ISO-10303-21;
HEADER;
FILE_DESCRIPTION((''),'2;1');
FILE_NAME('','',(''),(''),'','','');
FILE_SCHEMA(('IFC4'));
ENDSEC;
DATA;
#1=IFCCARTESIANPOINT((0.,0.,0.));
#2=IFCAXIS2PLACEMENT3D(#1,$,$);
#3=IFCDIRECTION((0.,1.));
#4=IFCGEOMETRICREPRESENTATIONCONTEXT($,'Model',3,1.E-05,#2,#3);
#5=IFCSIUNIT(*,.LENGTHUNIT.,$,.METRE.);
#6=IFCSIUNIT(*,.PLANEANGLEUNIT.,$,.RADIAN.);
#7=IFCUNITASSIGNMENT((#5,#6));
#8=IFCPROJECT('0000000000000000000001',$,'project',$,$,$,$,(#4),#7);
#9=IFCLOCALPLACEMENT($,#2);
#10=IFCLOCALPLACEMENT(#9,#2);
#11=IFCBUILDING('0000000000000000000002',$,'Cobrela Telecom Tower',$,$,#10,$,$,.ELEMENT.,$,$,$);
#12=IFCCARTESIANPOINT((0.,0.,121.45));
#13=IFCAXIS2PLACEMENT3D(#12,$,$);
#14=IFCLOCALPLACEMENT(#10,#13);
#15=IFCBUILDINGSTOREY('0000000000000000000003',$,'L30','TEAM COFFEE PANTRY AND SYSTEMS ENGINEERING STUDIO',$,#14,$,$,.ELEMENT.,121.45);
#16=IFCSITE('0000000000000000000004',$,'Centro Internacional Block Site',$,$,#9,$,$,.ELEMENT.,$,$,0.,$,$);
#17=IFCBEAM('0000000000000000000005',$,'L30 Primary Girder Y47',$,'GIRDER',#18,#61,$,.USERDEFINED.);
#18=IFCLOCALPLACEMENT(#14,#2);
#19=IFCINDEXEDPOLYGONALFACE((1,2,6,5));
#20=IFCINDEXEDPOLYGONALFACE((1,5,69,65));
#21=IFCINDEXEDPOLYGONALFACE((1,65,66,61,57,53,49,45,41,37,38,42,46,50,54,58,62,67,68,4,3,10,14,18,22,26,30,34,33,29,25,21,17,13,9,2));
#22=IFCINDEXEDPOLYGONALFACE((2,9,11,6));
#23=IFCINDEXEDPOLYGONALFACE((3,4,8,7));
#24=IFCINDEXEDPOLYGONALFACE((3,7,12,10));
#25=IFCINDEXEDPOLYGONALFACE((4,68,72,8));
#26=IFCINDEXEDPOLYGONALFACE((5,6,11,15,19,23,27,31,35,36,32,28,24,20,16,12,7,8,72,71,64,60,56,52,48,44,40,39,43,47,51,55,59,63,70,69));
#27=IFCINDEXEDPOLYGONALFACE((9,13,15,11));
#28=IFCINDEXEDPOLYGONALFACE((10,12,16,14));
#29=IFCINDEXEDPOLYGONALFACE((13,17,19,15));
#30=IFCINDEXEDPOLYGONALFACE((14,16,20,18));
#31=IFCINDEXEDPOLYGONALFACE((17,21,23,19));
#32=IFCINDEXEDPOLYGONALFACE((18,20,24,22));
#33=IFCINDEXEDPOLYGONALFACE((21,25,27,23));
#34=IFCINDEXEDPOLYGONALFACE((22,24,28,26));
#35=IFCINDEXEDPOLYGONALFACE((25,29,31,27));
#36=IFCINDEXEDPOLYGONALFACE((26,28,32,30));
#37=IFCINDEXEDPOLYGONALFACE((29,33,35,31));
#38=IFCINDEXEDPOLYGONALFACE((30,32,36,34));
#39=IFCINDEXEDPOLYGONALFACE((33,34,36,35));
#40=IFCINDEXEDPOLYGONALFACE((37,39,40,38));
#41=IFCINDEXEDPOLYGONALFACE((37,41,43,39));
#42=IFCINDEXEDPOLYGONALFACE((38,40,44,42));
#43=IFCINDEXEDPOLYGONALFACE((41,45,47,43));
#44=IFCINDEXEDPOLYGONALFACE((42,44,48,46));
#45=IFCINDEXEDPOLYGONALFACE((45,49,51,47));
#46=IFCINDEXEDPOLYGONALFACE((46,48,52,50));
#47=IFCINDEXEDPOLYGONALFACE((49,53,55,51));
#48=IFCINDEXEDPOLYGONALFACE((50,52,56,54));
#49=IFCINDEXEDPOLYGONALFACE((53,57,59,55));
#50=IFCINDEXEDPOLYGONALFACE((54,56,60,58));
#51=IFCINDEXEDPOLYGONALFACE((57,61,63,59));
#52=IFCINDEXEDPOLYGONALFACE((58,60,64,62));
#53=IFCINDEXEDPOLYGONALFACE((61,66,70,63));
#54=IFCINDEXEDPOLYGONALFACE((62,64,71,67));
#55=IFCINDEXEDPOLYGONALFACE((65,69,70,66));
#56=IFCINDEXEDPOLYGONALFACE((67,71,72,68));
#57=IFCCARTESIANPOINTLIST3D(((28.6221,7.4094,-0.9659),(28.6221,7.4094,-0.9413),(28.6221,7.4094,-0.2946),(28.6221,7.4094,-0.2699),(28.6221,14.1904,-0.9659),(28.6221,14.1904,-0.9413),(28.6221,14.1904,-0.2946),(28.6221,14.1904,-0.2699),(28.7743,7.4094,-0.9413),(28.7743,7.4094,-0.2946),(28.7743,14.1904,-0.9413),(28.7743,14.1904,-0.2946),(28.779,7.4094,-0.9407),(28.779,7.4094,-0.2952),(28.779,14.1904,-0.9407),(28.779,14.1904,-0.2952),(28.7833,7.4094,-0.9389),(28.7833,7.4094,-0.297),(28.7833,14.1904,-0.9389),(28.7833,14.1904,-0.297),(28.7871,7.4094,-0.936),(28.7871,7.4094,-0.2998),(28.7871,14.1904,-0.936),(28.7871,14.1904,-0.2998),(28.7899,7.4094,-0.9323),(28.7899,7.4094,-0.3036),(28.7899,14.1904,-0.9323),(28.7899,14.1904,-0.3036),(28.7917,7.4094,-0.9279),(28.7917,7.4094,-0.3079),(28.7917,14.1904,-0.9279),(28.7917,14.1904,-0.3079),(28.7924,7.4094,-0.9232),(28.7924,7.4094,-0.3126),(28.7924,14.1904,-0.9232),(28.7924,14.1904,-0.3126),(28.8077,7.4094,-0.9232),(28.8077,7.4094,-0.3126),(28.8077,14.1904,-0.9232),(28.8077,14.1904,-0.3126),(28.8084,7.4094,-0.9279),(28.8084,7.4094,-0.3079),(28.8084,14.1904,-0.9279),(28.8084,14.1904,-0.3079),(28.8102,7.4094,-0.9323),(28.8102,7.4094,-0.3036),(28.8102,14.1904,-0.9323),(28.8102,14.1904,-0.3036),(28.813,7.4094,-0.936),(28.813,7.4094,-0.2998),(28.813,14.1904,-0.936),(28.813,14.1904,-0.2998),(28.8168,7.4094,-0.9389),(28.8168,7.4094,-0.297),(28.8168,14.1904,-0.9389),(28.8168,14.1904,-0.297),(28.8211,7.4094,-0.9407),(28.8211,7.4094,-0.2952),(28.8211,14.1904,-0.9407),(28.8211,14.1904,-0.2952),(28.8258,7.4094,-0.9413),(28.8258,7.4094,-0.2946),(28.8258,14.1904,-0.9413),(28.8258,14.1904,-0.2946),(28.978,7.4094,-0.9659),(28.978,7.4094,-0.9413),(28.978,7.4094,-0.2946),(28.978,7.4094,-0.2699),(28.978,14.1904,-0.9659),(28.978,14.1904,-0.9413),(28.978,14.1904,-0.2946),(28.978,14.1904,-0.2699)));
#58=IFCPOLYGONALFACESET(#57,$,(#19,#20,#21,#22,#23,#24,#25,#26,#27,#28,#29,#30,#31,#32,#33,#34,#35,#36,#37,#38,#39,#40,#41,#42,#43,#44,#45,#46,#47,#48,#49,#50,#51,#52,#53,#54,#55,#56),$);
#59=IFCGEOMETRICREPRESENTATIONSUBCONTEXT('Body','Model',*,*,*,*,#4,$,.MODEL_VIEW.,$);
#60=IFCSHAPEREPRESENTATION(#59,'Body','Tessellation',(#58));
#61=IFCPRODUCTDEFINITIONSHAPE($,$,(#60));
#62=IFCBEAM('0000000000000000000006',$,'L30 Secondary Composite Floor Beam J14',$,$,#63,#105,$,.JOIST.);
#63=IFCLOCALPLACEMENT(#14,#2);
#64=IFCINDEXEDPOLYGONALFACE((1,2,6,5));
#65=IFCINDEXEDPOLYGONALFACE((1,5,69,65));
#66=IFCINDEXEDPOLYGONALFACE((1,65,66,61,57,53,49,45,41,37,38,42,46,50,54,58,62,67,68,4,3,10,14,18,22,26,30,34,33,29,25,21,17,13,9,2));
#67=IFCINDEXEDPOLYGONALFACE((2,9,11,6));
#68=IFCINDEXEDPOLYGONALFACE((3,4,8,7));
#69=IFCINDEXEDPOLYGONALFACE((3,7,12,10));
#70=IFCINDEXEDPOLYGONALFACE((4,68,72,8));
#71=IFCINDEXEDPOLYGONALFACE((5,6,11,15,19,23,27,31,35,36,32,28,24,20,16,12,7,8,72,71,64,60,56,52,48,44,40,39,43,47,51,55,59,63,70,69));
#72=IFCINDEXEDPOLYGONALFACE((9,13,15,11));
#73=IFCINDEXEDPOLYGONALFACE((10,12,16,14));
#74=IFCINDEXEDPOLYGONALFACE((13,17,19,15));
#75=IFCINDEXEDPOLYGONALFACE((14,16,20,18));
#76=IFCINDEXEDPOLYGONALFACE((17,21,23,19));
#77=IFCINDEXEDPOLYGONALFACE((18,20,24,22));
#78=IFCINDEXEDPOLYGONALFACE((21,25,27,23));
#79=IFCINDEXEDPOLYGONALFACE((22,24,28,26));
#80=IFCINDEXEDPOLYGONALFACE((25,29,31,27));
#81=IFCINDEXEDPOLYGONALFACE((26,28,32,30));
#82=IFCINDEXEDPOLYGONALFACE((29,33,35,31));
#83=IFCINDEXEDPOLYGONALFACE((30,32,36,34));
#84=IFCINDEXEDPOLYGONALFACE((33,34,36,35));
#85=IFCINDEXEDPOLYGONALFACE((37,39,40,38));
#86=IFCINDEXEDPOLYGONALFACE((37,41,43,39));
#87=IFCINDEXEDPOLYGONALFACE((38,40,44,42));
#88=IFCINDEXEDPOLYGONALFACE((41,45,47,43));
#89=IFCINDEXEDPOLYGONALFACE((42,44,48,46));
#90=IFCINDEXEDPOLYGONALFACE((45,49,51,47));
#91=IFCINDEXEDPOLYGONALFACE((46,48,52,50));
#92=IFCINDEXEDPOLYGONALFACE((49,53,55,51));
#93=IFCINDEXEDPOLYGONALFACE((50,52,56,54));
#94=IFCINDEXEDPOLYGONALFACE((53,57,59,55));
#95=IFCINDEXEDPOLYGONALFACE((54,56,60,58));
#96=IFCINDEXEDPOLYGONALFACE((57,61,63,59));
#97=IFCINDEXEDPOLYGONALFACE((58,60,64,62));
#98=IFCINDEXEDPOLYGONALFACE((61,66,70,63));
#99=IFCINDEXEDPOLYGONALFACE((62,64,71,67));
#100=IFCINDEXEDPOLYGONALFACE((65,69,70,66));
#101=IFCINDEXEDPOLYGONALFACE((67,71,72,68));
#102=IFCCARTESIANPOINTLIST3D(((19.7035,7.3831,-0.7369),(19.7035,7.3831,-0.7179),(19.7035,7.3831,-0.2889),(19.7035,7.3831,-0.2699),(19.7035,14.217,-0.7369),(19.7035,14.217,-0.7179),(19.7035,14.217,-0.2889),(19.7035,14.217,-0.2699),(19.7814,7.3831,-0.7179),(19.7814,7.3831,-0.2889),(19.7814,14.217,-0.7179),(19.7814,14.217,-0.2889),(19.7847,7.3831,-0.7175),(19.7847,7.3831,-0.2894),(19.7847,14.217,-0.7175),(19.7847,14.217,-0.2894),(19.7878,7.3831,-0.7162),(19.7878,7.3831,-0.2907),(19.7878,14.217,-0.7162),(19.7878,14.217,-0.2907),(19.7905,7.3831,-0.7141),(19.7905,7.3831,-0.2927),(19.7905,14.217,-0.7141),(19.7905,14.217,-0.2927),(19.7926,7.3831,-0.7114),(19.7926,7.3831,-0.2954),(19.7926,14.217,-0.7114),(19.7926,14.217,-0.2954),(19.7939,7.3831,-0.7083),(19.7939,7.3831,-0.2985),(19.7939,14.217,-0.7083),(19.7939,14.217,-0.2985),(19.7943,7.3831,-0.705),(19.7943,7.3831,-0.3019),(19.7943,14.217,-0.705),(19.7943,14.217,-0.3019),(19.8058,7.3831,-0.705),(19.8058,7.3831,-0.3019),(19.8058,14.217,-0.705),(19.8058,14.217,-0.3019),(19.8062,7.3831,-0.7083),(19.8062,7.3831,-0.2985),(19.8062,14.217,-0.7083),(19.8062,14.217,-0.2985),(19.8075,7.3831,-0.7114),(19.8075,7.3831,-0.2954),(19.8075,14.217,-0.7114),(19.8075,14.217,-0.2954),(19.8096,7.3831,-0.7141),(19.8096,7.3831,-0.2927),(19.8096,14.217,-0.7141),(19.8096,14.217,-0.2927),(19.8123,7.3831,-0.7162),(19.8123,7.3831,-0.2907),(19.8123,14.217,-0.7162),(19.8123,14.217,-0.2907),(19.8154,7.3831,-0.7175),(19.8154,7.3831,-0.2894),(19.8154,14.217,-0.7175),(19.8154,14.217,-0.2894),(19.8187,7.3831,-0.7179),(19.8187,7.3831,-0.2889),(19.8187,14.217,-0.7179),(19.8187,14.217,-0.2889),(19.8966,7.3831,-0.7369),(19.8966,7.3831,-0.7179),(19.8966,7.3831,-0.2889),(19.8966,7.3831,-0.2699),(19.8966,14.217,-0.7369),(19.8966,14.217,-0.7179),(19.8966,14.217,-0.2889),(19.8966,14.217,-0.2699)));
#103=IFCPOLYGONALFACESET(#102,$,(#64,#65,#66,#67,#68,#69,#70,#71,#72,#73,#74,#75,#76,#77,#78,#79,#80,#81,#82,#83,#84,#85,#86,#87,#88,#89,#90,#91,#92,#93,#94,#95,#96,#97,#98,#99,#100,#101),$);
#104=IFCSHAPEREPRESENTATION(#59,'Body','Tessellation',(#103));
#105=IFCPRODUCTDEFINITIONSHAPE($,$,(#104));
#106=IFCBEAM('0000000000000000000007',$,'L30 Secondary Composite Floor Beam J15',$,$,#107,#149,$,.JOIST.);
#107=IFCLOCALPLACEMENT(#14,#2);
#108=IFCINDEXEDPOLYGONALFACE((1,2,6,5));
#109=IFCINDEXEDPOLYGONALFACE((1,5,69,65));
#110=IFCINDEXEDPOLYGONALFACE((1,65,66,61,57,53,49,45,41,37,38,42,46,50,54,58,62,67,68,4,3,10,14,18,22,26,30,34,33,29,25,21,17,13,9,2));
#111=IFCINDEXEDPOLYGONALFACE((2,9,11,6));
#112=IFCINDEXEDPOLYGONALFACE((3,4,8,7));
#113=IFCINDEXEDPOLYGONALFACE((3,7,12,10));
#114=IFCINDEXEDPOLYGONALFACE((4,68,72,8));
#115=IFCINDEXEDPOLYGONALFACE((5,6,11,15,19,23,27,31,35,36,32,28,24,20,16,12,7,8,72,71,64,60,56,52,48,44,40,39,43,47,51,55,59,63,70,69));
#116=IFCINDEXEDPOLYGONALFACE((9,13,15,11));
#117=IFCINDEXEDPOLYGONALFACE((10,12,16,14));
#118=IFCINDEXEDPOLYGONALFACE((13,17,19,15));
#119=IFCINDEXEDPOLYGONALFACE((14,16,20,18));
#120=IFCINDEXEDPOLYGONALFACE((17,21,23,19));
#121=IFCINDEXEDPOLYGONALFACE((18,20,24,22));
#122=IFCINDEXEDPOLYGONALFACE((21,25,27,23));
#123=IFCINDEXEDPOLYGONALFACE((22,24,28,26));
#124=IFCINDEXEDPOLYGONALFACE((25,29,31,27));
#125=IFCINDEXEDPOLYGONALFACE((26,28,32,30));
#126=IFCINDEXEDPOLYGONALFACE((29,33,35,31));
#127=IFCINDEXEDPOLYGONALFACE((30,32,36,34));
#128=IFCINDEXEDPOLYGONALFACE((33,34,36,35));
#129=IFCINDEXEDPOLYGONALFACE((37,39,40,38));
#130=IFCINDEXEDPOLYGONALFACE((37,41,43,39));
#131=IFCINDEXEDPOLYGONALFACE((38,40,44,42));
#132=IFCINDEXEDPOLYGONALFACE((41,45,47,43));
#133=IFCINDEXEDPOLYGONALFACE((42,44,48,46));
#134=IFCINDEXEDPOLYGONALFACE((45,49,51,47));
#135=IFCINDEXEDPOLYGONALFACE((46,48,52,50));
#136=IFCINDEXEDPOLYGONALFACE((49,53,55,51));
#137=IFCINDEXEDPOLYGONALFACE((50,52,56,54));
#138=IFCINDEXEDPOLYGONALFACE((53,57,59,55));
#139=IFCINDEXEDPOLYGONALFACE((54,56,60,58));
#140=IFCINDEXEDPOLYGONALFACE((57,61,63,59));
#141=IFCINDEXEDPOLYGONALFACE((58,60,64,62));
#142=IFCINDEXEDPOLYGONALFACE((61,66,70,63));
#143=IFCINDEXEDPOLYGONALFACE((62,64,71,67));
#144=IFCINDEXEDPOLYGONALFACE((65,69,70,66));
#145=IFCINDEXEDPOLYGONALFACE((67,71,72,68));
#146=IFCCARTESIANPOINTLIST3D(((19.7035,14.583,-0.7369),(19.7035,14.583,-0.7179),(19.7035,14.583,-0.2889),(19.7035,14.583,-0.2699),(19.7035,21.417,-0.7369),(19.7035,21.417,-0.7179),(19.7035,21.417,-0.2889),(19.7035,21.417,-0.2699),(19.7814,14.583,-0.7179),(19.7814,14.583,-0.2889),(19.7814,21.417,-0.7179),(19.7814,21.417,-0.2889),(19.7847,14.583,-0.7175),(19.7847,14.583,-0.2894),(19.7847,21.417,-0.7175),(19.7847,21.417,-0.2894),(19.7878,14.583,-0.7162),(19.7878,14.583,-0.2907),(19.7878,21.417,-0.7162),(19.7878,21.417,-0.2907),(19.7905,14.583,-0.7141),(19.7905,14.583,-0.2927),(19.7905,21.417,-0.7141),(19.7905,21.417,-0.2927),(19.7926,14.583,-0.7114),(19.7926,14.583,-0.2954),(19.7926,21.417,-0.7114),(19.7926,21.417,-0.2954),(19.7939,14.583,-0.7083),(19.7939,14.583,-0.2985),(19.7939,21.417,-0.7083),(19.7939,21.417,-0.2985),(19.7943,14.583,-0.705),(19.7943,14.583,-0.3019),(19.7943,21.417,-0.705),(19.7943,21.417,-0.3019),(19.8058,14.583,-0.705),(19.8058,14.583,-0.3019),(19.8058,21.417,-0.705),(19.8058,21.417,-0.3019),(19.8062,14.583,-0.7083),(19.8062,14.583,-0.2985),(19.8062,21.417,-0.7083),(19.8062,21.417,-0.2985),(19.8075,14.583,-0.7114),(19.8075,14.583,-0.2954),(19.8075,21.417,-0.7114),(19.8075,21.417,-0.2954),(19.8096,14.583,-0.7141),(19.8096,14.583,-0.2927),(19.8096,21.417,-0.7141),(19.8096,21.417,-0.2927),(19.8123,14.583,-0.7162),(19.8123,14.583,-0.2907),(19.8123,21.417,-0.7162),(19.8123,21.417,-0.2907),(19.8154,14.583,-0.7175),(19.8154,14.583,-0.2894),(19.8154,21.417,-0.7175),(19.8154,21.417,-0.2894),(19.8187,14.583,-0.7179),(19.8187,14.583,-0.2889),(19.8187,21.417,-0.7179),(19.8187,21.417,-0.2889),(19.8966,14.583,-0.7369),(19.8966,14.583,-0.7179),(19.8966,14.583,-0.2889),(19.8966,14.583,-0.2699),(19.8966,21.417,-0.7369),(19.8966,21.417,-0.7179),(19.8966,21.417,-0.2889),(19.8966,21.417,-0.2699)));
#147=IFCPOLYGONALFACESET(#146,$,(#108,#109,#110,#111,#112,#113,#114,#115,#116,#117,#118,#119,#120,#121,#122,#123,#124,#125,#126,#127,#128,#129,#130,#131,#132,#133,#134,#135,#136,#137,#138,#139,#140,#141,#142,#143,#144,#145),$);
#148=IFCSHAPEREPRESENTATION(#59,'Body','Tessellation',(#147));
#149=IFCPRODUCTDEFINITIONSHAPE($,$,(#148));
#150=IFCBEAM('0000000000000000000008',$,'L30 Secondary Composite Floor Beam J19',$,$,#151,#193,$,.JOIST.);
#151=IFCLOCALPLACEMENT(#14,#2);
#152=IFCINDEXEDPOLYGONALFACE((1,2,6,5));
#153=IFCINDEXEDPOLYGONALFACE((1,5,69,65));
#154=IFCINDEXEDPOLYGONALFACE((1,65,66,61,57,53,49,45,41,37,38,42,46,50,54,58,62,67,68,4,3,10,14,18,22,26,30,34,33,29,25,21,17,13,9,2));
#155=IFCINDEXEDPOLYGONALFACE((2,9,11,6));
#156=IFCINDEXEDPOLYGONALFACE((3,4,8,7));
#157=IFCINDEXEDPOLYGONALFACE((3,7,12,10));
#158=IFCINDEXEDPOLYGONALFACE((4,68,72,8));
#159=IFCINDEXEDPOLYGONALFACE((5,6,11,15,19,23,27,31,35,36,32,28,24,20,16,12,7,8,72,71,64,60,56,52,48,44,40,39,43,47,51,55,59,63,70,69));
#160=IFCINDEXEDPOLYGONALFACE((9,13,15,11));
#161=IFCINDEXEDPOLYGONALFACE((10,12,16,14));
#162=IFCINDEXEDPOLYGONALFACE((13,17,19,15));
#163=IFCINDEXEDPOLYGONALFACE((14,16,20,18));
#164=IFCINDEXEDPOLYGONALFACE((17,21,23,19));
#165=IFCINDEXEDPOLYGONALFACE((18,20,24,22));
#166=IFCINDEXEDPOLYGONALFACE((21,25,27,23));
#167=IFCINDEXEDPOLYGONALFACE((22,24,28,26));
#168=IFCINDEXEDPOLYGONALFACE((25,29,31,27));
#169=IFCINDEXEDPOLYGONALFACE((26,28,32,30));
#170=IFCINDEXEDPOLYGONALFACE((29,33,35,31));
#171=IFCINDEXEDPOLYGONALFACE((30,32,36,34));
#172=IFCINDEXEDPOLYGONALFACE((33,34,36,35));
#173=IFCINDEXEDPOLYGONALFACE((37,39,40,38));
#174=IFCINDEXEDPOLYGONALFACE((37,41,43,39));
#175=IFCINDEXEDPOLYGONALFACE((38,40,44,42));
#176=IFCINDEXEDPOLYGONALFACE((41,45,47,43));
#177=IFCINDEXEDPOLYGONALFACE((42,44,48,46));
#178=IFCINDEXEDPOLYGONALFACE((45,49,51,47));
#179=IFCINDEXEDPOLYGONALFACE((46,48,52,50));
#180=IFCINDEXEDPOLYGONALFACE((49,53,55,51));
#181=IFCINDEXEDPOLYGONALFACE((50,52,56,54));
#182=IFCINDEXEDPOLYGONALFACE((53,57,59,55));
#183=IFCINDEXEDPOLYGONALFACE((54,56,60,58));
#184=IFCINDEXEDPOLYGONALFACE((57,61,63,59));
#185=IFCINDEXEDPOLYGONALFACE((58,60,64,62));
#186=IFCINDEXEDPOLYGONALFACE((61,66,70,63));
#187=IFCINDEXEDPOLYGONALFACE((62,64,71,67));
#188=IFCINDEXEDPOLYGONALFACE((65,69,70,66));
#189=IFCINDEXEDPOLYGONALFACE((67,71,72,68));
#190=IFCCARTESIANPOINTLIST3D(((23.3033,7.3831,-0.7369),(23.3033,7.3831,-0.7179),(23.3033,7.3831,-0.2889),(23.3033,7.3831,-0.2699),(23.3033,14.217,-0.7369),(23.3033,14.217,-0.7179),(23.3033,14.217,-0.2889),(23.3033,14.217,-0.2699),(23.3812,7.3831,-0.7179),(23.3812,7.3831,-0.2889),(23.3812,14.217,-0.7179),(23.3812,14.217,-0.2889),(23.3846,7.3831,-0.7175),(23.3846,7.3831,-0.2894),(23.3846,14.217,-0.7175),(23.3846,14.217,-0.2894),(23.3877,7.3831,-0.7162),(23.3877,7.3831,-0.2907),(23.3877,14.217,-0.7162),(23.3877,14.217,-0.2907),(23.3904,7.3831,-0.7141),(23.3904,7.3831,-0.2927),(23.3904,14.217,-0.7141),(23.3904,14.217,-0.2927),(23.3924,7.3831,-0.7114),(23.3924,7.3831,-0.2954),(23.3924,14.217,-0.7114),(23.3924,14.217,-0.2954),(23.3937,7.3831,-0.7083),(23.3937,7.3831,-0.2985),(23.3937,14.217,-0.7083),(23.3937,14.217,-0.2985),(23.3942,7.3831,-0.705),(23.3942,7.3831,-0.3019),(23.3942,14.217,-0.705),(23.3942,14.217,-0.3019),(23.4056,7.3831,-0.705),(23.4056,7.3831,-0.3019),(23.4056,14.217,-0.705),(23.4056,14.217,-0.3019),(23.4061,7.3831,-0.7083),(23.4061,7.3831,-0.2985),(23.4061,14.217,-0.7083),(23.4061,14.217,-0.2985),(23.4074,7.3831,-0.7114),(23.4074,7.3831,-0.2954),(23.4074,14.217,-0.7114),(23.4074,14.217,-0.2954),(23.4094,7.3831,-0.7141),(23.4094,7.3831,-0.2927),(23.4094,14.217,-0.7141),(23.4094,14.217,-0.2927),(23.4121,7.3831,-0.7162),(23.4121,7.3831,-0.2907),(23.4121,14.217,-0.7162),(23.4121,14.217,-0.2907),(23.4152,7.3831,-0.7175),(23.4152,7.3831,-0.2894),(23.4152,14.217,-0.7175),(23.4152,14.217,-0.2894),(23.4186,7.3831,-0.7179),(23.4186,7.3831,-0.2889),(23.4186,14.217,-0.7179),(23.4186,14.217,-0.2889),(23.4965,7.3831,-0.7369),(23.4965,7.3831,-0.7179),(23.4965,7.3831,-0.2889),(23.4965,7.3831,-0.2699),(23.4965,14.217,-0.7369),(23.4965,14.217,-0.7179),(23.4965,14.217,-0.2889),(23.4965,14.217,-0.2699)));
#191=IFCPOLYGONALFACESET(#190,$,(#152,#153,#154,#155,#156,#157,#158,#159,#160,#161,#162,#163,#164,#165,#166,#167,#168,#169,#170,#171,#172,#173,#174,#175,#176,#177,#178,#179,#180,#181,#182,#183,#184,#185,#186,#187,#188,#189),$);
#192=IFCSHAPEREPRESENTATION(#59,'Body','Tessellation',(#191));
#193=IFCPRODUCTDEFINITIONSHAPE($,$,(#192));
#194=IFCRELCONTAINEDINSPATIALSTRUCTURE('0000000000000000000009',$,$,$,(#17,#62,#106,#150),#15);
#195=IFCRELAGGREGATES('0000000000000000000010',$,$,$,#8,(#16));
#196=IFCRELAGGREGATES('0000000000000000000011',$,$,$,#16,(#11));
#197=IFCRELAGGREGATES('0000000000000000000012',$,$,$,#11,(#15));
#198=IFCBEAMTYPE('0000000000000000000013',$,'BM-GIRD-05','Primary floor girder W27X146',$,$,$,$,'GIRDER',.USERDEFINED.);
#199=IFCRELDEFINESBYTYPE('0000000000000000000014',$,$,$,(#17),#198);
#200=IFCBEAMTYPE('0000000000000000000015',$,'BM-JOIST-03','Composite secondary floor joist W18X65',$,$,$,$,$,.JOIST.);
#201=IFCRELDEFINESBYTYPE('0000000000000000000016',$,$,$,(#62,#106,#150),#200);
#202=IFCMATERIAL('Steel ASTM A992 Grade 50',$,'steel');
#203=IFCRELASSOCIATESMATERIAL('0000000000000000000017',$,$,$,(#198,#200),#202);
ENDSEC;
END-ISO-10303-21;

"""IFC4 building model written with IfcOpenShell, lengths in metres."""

from ifc_helpers import new_model, si_unit, direction, frame, origin, origin_2d, place, context, subcontext, project, spatial, i_section, extrude, material, material_profile, profile_set, type_object, element, save


model = new_model("IFC4")

# Units and contexts
model_context = context("Model", 3, precision=1e-05, world=origin(), true_north=direction((0.0, 1.0)))
body_context = subcontext(model_context, "Body", "Model", "MODEL_VIEW")
ifc_project = project(units=[si_unit("LENGTHUNIT", "METRE"), si_unit("PLANEANGLEUNIT", "RADIAN")], contexts=[model_context])

# Site, building, storey
site_placement = place(None, origin())
site = spatial("IfcSite", under=ifc_project, at=site_placement, Name="Centro Internacional Block Site", CompositionType="ELEMENT", RefElevation=0.0)
building_placement = place(site_placement, origin())
building = spatial("IfcBuilding", under=site, at=building_placement, Name="Cobrela Telecom Tower", CompositionType="ELEMENT")
storey_placement = place(building_placement, frame((0.0, 0.0, 121.45)))
storey = spatial("IfcBuildingStorey", under=building, at=storey_placement, Name="L30", Description="TEAM COFFEE PANTRY AND SYSTEMS ENGINEERING STUDIO", CompositionType="ELEMENT", Elevation=121.45)

# Shared definitions
ifc_material_1 = material(Name="Steel ASTM A992 Grade 50", Category="steel")

# Beams
ifc_material_profile_1 = material_profile(ifc_material_1, i_section(OverallWidth=0.356, OverallDepth=0.696, WebThickness=0.0154, FlangeThickness=0.0247, FilletRadius=0.0181, at=origin_2d()), Name="W27X146")
ifc_profile_set_1 = profile_set([ifc_material_profile_1], Name="Steel ASTM A992 Grade 50")
beam_type_1 = type_object("IfcBeamType", Name="BM-GIRD-05", Description="Primary floor girder W27X146", ElementType="GIRDER", PredefinedType="USERDEFINED", material=ifc_profile_set_1)
beam_1_placement = place(storey_placement, frame((28.8, 7.4094, -0.6179), z_axis=(0.0, 1.0, 0.0), x_axis=(-1.0, 0.0, 0.0)))
element("IfcBeam", 1, at=beam_1_placement, inside=storey, type_object=beam_type_1, Name="L30 Primary Girder Y47", ObjectType="GIRDER", PredefinedType="USERDEFINED", context=body_context, shape_type="SweptSolid", body=[
    extrude(i_section(OverallWidth=0.356, OverallDepth=0.696, WebThickness=0.0154, FlangeThickness=0.0247, FilletRadius=0.0181, at=origin_2d()), origin(), (0.0, 0.0, 1.0), 6.781),
])
ifc_material_profile_2 = material_profile(ifc_material_1, i_section(OverallWidth=0.1931, OverallDepth=0.467, WebThickness=0.0115, FlangeThickness=0.019, FilletRadius=0.0129, at=origin_2d()), Name="W18X65")
ifc_profile_set_2 = profile_set([ifc_material_profile_2], Name="Steel ASTM A992 Grade 50")
beam_type_2 = type_object("IfcBeamType", Name="BM-JOIST-03", Description="Composite secondary floor joist W18X65", PredefinedType="JOIST", material=ifc_profile_set_2)
for number, where, z_axis, x_axis, name in (
    (2, (19.8, 7.3831, -0.5034), (0.0, 1.0, 0.0), (-1.0, 0.0, 0.0), "L30 Secondary Composite Floor Beam J14"),
    (3, (19.8, 14.583, -0.5034), (0.0, 1.0, 0.0), (-1.0, 0.0, 0.0), "L30 Secondary Composite Floor Beam J15"),
    (4, (23.3999, 7.3831, -0.5034), (0.0, 1.0, 0.0), (-1.0, 0.0, 0.0), "L30 Secondary Composite Floor Beam J19"),
):
    element("IfcBeam", number, at=place(storey_placement, frame(where, z_axis=z_axis, x_axis=x_axis)), inside=storey, type_object=beam_type_2, Name=name, PredefinedType="JOIST", context=body_context, shape_type="SweptSolid", body=[
        extrude(i_section(OverallWidth=0.1931, OverallDepth=0.467, WebThickness=0.0115, FlangeThickness=0.019, FilletRadius=0.0129, at=origin_2d()), origin(), (0.0, 0.0, 1.0), 6.834),
    ])

save(model, "model.ifc")
